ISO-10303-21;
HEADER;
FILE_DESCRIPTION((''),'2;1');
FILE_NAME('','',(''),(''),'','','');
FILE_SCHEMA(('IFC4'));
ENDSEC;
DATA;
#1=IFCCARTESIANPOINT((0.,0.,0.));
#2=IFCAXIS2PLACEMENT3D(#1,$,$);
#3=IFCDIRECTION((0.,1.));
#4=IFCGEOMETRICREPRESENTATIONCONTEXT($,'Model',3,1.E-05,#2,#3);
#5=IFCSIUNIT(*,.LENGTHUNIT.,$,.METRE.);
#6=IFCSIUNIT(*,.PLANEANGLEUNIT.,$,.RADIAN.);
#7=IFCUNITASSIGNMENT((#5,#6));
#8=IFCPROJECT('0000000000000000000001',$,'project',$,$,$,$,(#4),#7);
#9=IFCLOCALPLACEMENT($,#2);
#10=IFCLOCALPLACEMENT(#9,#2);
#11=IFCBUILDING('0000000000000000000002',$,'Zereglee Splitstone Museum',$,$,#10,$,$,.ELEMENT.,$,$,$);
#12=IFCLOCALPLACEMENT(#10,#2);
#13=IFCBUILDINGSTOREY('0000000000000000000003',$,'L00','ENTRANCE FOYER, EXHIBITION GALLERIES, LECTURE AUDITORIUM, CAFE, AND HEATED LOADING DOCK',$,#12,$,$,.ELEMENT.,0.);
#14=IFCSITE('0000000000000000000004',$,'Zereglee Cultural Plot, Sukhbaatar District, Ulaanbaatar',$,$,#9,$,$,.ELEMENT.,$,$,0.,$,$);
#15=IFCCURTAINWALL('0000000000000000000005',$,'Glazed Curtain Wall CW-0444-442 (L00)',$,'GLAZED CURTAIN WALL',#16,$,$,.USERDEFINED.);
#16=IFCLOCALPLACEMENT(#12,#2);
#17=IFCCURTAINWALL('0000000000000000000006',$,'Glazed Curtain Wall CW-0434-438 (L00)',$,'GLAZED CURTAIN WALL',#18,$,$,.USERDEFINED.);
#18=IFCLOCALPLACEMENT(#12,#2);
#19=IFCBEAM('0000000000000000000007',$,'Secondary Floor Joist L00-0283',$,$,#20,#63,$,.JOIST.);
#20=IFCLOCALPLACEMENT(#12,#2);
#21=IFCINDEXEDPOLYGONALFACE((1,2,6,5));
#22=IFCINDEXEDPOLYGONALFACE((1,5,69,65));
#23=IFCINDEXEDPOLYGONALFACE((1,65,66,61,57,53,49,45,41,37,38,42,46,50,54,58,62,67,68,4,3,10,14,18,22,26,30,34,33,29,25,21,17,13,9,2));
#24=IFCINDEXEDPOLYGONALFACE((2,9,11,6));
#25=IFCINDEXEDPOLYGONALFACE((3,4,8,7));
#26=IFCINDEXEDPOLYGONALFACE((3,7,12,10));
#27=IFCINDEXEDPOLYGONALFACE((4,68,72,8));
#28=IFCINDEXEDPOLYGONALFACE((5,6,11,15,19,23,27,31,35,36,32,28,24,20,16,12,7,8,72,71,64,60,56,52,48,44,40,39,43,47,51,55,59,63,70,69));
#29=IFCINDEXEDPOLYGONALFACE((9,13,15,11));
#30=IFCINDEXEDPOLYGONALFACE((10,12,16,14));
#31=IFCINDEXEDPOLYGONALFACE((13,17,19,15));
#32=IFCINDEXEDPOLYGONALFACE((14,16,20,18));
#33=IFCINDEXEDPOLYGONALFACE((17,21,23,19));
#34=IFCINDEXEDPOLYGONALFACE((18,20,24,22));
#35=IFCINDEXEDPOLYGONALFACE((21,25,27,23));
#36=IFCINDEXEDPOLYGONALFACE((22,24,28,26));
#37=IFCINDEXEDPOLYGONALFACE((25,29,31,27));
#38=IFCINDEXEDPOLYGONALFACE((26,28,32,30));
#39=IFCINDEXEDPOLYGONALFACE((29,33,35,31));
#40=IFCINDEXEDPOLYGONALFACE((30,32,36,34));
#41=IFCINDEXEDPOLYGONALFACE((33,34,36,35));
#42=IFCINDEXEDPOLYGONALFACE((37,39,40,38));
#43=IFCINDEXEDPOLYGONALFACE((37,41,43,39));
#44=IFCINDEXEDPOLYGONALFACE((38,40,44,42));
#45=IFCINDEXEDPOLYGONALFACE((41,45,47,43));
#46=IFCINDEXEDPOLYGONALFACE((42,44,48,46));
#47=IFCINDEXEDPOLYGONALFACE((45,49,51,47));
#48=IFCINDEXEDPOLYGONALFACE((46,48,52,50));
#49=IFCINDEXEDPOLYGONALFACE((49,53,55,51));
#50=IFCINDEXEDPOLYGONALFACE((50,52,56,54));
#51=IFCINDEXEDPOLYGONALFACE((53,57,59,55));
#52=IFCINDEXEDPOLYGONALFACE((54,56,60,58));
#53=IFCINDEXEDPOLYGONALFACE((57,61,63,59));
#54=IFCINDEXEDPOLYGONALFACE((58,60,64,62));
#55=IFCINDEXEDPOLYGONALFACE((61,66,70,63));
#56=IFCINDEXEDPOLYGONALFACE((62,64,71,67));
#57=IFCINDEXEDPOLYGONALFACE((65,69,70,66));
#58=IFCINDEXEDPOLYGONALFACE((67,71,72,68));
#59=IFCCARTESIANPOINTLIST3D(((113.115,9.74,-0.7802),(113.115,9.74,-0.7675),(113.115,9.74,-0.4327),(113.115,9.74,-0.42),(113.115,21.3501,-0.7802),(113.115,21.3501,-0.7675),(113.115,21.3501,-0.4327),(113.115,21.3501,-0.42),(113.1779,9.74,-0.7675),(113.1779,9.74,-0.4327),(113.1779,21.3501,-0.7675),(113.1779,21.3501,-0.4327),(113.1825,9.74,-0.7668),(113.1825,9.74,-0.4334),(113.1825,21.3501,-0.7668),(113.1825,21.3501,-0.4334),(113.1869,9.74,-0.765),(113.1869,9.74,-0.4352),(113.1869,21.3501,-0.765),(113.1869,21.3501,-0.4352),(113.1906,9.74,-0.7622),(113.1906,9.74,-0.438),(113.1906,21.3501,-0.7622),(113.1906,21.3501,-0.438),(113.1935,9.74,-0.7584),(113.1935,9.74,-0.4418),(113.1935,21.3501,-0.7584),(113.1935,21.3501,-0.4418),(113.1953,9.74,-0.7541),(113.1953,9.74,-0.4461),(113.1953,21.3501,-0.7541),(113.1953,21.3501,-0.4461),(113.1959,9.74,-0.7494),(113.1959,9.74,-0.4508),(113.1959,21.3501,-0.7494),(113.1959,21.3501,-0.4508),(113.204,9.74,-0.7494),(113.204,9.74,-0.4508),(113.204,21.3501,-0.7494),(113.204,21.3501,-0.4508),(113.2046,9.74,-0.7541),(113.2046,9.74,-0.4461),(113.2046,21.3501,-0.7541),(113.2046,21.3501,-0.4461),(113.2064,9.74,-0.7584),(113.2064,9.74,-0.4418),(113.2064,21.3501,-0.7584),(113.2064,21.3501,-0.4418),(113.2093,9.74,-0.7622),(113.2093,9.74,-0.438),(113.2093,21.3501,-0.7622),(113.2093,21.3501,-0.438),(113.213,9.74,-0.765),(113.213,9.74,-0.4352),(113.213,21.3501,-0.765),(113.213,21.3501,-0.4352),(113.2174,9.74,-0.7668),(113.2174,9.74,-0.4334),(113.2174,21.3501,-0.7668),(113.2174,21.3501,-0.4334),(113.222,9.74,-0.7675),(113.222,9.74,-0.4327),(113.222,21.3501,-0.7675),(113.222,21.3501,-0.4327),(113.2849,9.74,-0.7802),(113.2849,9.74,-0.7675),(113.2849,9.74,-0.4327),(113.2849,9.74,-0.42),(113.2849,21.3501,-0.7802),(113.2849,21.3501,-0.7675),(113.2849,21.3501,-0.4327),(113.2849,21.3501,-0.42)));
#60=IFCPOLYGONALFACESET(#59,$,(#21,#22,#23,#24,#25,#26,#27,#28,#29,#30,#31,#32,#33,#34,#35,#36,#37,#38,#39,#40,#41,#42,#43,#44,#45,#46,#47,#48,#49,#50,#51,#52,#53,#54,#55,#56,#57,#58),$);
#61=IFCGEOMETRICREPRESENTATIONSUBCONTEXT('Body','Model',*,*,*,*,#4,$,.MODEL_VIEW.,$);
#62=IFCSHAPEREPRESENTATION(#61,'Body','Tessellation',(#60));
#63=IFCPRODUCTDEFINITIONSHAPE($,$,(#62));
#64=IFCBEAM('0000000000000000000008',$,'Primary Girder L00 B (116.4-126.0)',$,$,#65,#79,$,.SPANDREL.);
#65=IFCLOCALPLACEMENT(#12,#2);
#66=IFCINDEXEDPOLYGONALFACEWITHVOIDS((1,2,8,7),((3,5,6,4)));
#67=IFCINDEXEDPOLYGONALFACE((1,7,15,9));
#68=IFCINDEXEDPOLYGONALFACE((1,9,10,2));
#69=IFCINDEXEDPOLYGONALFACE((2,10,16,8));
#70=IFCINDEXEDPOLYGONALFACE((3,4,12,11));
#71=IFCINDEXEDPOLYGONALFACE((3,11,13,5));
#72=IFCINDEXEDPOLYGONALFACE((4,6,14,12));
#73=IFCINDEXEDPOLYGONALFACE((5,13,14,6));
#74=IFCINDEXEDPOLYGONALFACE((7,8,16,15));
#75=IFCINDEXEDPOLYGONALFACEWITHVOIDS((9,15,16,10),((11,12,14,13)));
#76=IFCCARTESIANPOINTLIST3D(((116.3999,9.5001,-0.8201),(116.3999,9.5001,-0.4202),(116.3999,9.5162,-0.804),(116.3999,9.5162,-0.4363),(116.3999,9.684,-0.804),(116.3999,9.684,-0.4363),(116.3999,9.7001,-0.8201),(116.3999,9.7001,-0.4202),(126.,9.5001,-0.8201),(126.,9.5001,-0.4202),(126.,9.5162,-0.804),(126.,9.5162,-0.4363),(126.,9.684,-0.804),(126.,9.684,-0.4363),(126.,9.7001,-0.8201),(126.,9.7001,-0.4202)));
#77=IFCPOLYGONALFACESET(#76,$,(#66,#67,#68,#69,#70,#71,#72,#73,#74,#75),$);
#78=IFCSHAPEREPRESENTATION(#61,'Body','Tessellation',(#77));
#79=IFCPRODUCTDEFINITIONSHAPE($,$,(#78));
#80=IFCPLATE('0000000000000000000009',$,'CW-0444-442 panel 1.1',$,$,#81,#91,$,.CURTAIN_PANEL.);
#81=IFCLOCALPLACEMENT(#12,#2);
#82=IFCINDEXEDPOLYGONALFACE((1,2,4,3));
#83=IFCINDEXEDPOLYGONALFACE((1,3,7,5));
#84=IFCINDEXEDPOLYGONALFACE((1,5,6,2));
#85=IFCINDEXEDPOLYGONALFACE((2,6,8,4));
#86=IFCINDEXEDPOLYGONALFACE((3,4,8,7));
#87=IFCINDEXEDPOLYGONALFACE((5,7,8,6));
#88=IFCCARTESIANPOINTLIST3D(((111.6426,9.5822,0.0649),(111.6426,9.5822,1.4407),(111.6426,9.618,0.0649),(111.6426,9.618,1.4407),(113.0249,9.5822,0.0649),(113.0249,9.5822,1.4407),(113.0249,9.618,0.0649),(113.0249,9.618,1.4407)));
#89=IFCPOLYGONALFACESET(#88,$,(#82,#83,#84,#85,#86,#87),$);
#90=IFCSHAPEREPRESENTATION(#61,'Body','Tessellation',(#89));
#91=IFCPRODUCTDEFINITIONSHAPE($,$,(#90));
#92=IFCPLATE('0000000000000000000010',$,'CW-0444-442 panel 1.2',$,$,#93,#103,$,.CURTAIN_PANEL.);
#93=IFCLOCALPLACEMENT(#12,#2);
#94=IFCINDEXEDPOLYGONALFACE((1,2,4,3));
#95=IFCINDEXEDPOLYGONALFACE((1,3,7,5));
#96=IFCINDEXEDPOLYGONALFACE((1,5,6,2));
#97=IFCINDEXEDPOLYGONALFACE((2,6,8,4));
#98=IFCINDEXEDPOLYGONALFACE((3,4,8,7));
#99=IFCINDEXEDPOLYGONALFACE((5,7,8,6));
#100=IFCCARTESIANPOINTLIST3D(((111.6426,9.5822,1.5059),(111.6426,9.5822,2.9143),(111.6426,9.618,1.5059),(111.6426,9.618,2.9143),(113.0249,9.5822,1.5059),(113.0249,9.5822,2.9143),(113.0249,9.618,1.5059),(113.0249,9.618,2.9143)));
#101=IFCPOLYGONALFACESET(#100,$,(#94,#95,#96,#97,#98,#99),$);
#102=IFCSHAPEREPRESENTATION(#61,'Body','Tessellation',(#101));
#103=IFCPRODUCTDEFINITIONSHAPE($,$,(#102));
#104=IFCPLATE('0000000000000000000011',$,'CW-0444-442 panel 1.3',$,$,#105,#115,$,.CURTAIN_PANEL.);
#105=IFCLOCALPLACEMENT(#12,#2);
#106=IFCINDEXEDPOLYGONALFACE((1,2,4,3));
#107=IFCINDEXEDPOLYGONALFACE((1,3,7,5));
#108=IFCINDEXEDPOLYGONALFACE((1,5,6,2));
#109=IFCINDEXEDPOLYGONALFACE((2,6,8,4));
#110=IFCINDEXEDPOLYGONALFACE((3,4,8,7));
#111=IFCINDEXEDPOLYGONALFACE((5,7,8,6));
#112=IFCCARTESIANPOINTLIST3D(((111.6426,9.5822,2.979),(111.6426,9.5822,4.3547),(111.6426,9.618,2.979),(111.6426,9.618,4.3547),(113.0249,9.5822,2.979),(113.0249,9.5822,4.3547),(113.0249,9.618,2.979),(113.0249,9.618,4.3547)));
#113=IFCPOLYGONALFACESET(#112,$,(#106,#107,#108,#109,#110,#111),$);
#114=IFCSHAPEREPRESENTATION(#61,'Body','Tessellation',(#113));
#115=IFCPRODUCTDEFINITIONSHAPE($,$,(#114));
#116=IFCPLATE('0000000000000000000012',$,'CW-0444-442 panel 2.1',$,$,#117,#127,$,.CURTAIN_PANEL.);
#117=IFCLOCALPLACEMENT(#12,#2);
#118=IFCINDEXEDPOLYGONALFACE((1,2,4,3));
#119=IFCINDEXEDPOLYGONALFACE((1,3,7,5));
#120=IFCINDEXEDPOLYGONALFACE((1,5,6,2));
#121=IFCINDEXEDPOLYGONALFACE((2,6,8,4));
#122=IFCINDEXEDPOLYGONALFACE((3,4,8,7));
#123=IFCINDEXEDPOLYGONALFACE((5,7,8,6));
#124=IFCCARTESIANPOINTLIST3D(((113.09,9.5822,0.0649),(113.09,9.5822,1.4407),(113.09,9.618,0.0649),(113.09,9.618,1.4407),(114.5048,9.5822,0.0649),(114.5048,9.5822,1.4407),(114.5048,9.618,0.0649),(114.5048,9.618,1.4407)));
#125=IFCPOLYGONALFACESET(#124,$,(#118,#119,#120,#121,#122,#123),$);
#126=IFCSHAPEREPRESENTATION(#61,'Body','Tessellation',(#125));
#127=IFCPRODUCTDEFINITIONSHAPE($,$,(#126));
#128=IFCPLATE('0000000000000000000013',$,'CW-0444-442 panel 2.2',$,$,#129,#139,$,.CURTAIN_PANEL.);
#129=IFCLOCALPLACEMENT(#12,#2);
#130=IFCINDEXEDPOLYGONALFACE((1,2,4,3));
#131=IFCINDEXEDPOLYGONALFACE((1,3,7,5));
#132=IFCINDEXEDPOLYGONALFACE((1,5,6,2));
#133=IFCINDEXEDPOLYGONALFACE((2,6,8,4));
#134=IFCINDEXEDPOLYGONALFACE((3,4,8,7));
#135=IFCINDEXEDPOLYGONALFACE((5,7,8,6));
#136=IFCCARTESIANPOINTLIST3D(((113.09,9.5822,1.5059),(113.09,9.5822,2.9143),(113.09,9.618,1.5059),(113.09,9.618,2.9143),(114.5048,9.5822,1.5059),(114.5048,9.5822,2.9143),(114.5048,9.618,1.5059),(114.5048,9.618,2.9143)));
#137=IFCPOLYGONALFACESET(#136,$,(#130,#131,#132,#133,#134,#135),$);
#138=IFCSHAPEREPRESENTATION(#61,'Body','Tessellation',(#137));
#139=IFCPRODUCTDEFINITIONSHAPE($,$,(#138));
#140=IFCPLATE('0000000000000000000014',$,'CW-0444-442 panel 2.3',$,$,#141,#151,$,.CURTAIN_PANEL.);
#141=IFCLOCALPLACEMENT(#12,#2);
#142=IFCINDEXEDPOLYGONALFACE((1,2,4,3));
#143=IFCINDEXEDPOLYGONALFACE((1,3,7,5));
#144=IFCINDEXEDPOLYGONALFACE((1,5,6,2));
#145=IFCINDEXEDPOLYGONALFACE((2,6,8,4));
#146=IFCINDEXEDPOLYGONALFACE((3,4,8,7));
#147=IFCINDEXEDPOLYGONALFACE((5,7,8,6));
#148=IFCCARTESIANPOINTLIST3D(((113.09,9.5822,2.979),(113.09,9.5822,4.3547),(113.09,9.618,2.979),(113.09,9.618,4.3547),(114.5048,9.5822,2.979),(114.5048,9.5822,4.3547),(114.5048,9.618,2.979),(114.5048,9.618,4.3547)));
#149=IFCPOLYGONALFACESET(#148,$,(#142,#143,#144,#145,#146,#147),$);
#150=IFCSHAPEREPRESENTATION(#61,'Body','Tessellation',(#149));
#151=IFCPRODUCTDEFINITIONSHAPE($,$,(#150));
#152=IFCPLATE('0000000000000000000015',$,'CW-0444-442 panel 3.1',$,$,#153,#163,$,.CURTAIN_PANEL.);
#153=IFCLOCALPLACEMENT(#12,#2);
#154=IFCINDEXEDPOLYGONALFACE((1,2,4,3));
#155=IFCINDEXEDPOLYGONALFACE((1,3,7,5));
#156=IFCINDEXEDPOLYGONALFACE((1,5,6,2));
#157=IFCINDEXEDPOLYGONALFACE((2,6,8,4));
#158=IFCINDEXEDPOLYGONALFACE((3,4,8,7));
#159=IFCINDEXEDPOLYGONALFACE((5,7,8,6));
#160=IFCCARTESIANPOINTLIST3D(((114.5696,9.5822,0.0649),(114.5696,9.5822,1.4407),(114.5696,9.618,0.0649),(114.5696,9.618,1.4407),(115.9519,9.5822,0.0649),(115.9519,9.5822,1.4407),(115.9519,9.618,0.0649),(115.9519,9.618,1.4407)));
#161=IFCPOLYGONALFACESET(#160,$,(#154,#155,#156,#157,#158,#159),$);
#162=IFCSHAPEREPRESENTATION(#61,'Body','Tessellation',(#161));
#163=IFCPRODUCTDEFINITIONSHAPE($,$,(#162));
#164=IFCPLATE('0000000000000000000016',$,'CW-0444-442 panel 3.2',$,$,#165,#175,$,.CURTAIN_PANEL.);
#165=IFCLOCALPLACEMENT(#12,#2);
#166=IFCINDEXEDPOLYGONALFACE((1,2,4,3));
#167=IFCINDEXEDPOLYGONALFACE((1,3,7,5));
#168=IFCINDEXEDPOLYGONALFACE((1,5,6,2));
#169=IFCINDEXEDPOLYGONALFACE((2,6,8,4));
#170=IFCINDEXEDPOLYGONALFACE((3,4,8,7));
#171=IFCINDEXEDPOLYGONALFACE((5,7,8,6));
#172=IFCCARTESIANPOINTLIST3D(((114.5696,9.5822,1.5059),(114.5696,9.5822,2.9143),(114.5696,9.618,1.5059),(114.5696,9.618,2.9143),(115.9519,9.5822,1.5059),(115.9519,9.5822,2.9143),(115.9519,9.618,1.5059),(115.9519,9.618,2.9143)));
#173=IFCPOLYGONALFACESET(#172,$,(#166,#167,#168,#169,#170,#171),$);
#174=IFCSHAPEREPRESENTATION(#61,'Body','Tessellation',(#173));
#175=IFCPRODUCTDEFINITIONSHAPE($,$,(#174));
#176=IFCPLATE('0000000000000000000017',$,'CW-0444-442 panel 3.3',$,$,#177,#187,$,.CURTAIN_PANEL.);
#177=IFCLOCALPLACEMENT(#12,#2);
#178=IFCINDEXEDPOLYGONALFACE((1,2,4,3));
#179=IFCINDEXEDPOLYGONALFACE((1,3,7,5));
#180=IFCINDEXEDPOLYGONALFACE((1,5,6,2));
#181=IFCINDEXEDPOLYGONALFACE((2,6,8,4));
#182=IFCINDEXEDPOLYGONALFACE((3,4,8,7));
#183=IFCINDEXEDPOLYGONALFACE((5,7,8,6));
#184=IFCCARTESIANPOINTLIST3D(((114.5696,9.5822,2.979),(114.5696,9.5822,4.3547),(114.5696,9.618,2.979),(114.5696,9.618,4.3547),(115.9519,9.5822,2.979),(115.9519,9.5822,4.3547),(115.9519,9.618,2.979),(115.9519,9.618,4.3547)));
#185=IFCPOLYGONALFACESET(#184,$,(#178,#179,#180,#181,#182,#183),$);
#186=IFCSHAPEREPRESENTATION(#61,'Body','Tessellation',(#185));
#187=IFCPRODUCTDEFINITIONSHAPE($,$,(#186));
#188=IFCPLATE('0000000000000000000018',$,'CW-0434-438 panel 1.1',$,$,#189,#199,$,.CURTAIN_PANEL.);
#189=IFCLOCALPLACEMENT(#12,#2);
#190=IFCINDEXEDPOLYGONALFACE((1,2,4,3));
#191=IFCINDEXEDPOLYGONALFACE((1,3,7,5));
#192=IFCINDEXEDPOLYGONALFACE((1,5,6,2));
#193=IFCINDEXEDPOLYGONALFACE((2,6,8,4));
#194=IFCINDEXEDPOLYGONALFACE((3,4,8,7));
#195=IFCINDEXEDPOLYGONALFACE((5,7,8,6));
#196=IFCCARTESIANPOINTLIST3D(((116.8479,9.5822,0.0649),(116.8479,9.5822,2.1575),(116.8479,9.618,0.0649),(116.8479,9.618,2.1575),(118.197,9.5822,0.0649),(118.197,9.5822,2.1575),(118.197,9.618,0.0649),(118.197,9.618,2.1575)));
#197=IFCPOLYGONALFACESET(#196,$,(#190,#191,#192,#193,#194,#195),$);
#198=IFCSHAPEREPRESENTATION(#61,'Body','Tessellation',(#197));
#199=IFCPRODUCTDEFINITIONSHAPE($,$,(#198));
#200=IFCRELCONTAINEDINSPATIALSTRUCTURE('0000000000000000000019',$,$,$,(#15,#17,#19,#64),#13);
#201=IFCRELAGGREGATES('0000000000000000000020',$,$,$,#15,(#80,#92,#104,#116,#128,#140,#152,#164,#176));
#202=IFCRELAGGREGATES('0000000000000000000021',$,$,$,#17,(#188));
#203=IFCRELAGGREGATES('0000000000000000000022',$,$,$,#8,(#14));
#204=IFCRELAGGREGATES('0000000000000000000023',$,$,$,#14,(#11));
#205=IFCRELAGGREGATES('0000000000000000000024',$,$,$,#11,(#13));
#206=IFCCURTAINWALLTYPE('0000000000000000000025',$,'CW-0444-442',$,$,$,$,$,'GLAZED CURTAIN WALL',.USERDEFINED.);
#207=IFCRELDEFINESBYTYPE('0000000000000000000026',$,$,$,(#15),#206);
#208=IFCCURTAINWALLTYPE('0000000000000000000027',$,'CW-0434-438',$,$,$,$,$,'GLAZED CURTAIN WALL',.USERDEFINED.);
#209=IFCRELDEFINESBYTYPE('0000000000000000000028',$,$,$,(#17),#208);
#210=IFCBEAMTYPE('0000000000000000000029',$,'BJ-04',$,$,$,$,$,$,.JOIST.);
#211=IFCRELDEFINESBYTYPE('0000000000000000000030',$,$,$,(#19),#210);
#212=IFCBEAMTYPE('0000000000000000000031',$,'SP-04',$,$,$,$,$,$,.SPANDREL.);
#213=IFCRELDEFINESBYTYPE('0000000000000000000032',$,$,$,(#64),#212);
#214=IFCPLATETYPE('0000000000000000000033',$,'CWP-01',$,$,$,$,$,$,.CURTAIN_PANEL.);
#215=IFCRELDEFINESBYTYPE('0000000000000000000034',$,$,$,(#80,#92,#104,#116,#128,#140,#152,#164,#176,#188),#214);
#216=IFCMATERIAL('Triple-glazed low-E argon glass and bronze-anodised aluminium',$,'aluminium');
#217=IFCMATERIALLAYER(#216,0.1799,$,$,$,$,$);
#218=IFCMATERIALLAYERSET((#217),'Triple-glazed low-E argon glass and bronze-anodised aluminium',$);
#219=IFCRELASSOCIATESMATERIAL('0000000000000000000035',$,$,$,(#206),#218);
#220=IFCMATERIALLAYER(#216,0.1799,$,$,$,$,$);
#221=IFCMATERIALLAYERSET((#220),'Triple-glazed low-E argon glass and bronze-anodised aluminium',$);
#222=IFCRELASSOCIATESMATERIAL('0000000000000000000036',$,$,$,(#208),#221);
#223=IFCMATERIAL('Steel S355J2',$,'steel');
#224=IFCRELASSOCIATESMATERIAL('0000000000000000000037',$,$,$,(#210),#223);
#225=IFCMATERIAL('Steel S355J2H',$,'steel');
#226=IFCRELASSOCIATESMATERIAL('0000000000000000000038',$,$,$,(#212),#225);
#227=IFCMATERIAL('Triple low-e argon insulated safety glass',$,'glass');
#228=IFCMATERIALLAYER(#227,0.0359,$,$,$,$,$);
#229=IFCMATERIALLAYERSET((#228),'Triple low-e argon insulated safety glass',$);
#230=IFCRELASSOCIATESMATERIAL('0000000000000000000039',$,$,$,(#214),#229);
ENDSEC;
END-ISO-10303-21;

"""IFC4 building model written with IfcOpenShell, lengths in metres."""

from ifc_helpers import new_model, si_unit, direction, frame, origin, origin_2d, place, context, subcontext, project, spatial, rectangle, hollow_rectangle, i_section, extrude, material, layer, layer_set, material_profile, profile_set, type_object, element, aggregate, save


model = new_model("IFC4")

# Units and contexts
model_context = context("Model", 3, precision=1e-05, world=origin(), true_north=direction((0.0, 1.0)))
body_context = subcontext(model_context, "Body", "Model", "MODEL_VIEW")
ifc_project = project(units=[si_unit("LENGTHUNIT", "METRE"), si_unit("PLANEANGLEUNIT", "RADIAN")], contexts=[model_context])

# Site, building, storey
site_placement = place(None, origin())
site = spatial("IfcSite", under=ifc_project, at=site_placement, Name="Zereglee Cultural Plot, Sukhbaatar District, Ulaanbaatar", CompositionType="ELEMENT", RefElevation=0.0)
building_placement = place(site_placement, origin())
building = spatial("IfcBuilding", under=site, at=building_placement, Name="Zereglee Splitstone Museum", CompositionType="ELEMENT")
storey_placement = place(building_placement, origin())
storey = spatial("IfcBuildingStorey", under=building, at=storey_placement, Name="L00", Description="ENTRANCE FOYER, EXHIBITION GALLERIES, LECTURE AUDITORIUM, CAFE, AND HEATED LOADING DOCK", CompositionType="ELEMENT", Elevation=0.0)

# Curtain walls
ifc_material_1 = material(Name="Triple-glazed low-E argon glass and bronze-anodised aluminium", Category="aluminium")
ifc_layer_1 = layer(ifc_material_1, 0.1799)
ifc_layer_set_1 = layer_set([ifc_layer_1], Name="Triple-glazed low-E argon glass and bronze-anodised aluminium")
curtain_wall_type_1 = type_object("IfcCurtainWallType", Name="CW-0444-442", ElementType="GLAZED CURTAIN WALL", PredefinedType="USERDEFINED", material=ifc_layer_set_1)
curtain_wall_1_placement = place(storey_placement, origin())
curtain_wall_1 = element("IfcCurtainWall", 1, at=curtain_wall_1_placement, inside=storey, type_object=curtain_wall_type_1, Name="Glazed Curtain Wall CW-0444-442 (L00)", ObjectType="GLAZED CURTAIN WALL", PredefinedType="USERDEFINED")
ifc_layer_2 = layer(ifc_material_1, 0.1799)
ifc_layer_set_2 = layer_set([ifc_layer_2], Name="Triple-glazed low-E argon glass and bronze-anodised aluminium")
curtain_wall_type_2 = type_object("IfcCurtainWallType", Name="CW-0434-438", ElementType="GLAZED CURTAIN WALL", PredefinedType="USERDEFINED", material=ifc_layer_set_2)
curtain_wall_2_placement = place(storey_placement, origin())
curtain_wall_2 = element("IfcCurtainWall", 2, at=curtain_wall_2_placement, inside=storey, type_object=curtain_wall_type_2, Name="Glazed Curtain Wall CW-0434-438 (L00)", ObjectType="GLAZED CURTAIN WALL", PredefinedType="USERDEFINED")

# Beams
ifc_material_2 = material(Name="Steel S355J2", Category="steel")
ifc_material_profile_1 = material_profile(ifc_material_2, i_section(OverallWidth=0.1699, OverallDepth=0.3601, WebThickness=0.0081, FlangeThickness=0.0127, FilletRadius=0.0181, at=origin_2d()), Name="IPE 360")
ifc_profile_set_1 = profile_set([ifc_material_profile_1], Name="Steel S355J2")
beam_type_1 = type_object("IfcBeamType", Name="BJ-04", PredefinedType="JOIST", material=ifc_profile_set_1)
beam_1_placement = place(storey_placement, frame((113.2, 9.74, -0.6001), z_axis=(0.0, 1.0, 0.0), x_axis=(-1.0, 0.0, 0.0)))
element("IfcBeam", 3, at=beam_1_placement, inside=storey, type_object=beam_type_1, Name="Secondary Floor Joist L00-0283", PredefinedType="JOIST", context=body_context, shape_type="SweptSolid", body=[
    extrude(i_section(OverallWidth=0.1699, OverallDepth=0.3601, WebThickness=0.0081, FlangeThickness=0.0127, FilletRadius=0.0181, at=origin_2d()), origin(), (0.0, 0.0, 1.0), 11.6101),
])
ifc_material_3 = material(Name="Steel S355J2H", Category="steel")
ifc_material_profile_2 = material_profile(ifc_material_3, hollow_rectangle(XDim=0.2, YDim=0.3999, WallThickness=0.0161, at=origin_2d()), Name="RHS 400x200x16")
ifc_profile_set_2 = profile_set([ifc_material_profile_2], Name="Steel S355J2H")
beam_type_2 = type_object("IfcBeamType", Name="SP-04", PredefinedType="SPANDREL", material=ifc_profile_set_2)
beam_2_placement = place(storey_placement, frame((116.3999, 9.6001, -0.6201), z_axis=(1.0, 0.0, 0.0), x_axis=(0.0, 1.0, 0.0)))
element("IfcBeam", 4, at=beam_2_placement, inside=storey, type_object=beam_type_2, Name="Primary Girder L00 B (116.4-126.0)", PredefinedType="SPANDREL", context=body_context, shape_type="SweptSolid", body=[
    extrude(hollow_rectangle(XDim=0.2, YDim=0.3999, WallThickness=0.0161, at=origin_2d()), origin(), (0.0, 0.0, 1.0), 9.6001),
])

# Plates
ifc_material_4 = material(Name="Triple low-e argon insulated safety glass", Category="glass")
ifc_layer_3 = layer(ifc_material_4, 0.0359)
ifc_layer_set_3 = layer_set([ifc_layer_3], Name="Triple low-e argon insulated safety glass")
plate_type = type_object("IfcPlateType", Name="CWP-01", PredefinedType="CURTAIN_PANEL", material=ifc_layer_set_3)
plate_1_placement = place(storey_placement, frame((112.3337, 9.6001, 0.0649), z_axis=(0.0, 0.0, 1.0), x_axis=(1.0, 0.0, 0.0)))
plate_1 = element("IfcPlate", 5, at=plate_1_placement, type_object=plate_type, Name="CW-0444-442 panel 1.1", PredefinedType="CURTAIN_PANEL", context=body_context, shape_type="SweptSolid", body=[
    extrude(rectangle(XDim=1.3823, YDim=0.0359, at=origin_2d()), origin(), (0.0, 0.0, 1.0), 1.3757),
])
plate_2_placement = place(storey_placement, frame((112.3337, 9.6001, 1.5059), z_axis=(0.0, 0.0, 1.0), x_axis=(1.0, 0.0, 0.0)))
plate_2 = element("IfcPlate", 6, at=plate_2_placement, type_object=plate_type, Name="CW-0444-442 panel 1.2", PredefinedType="CURTAIN_PANEL", context=body_context, shape_type="SweptSolid", body=[
    extrude(rectangle(XDim=1.3823, YDim=0.0359, at=origin_2d()), origin(), (0.0, 0.0, 1.0), 1.4084),
])
plate_3_placement = place(storey_placement, frame((112.3337, 9.6001, 2.979), z_axis=(0.0, 0.0, 1.0), x_axis=(1.0, 0.0, 0.0)))
plate_3 = element("IfcPlate", 7, at=plate_3_placement, type_object=plate_type, Name="CW-0444-442 panel 1.3", PredefinedType="CURTAIN_PANEL", context=body_context, shape_type="SweptSolid", body=[
    extrude(rectangle(XDim=1.3823, YDim=0.0359, at=origin_2d()), origin(), (0.0, 0.0, 1.0), 1.3757),
])
plate_4_placement = place(storey_placement, frame((113.7974, 9.6001, 0.0649), z_axis=(0.0, 0.0, 1.0), x_axis=(1.0, 0.0, 0.0)))
plate_4 = element("IfcPlate", 8, at=plate_4_placement, type_object=plate_type, Name="CW-0444-442 panel 2.1", PredefinedType="CURTAIN_PANEL", context=body_context, shape_type="SweptSolid", body=[
    extrude(rectangle(XDim=1.4148, YDim=0.0359, at=origin_2d()), origin(), (0.0, 0.0, 1.0), 1.3757),
])
plate_5_placement = place(storey_placement, frame((113.7974, 9.6001, 1.5059), z_axis=(0.0, 0.0, 1.0), x_axis=(1.0, 0.0, 0.0)))
plate_5 = element("IfcPlate", 9, at=plate_5_placement, type_object=plate_type, Name="CW-0444-442 panel 2.2", PredefinedType="CURTAIN_PANEL", context=body_context, shape_type="SweptSolid", body=[
    extrude(rectangle(XDim=1.4148, YDim=0.0359, at=origin_2d()), origin(), (0.0, 0.0, 1.0), 1.4084),
])
plate_6_placement = place(storey_placement, frame((113.7974, 9.6001, 2.979), z_axis=(0.0, 0.0, 1.0), x_axis=(1.0, 0.0, 0.0)))
plate_6 = element("IfcPlate", 10, at=plate_6_placement, type_object=plate_type, Name="CW-0444-442 panel 2.3", PredefinedType="CURTAIN_PANEL", context=body_context, shape_type="SweptSolid", body=[
    extrude(rectangle(XDim=1.4148, YDim=0.0359, at=origin_2d()), origin(), (0.0, 0.0, 1.0), 1.3757),
])
plate_7_placement = place(storey_placement, frame((115.2607, 9.6001, 0.0649), z_axis=(0.0, 0.0, 1.0), x_axis=(1.0, 0.0, 0.0)))
plate_7 = element("IfcPlate", 11, at=plate_7_placement, type_object=plate_type, Name="CW-0444-442 panel 3.1", PredefinedType="CURTAIN_PANEL", context=body_context, shape_type="SweptSolid", body=[
    extrude(rectangle(XDim=1.3823, YDim=0.0359, at=origin_2d()), origin(), (0.0, 0.0, 1.0), 1.3757),
])
plate_8_placement = place(storey_placement, frame((115.2607, 9.6001, 1.5059), z_axis=(0.0, 0.0, 1.0), x_axis=(1.0, 0.0, 0.0)))
plate_8 = element("IfcPlate", 12, at=plate_8_placement, type_object=plate_type, Name="CW-0444-442 panel 3.2", PredefinedType="CURTAIN_PANEL", context=body_context, shape_type="SweptSolid", body=[
    extrude(rectangle(XDim=1.3823, YDim=0.0359, at=origin_2d()), origin(), (0.0, 0.0, 1.0), 1.4084),
])
plate_9_placement = place(storey_placement, frame((115.2607, 9.6001, 2.979), z_axis=(0.0, 0.0, 1.0), x_axis=(1.0, 0.0, 0.0)))
plate_9 = element("IfcPlate", 13, at=plate_9_placement, type_object=plate_type, Name="CW-0444-442 panel 3.3", PredefinedType="CURTAIN_PANEL", context=body_context, shape_type="SweptSolid", body=[
    extrude(rectangle(XDim=1.3823, YDim=0.0359, at=origin_2d()), origin(), (0.0, 0.0, 1.0), 1.3757),
])
aggregate(curtain_wall_1, [plate_1, plate_2, plate_3, plate_4, plate_5, plate_6, plate_7, plate_8, plate_9])
plate_10_placement = place(storey_placement, frame((117.5225, 9.6001, 0.0649), z_axis=(0.0, 0.0, 1.0), x_axis=(1.0, 0.0, 0.0)))
plate_10 = element("IfcPlate", 14, at=plate_10_placement, type_object=plate_type, Name="CW-0434-438 panel 1.1", PredefinedType="CURTAIN_PANEL", context=body_context, shape_type="SweptSolid", body=[
    extrude(rectangle(XDim=1.3491, YDim=0.0359, at=origin_2d()), origin(), (0.0, 0.0, 1.0), 2.0925),
])
aggregate(curtain_wall_2, [plate_10])

save(model, "model.ifc")
